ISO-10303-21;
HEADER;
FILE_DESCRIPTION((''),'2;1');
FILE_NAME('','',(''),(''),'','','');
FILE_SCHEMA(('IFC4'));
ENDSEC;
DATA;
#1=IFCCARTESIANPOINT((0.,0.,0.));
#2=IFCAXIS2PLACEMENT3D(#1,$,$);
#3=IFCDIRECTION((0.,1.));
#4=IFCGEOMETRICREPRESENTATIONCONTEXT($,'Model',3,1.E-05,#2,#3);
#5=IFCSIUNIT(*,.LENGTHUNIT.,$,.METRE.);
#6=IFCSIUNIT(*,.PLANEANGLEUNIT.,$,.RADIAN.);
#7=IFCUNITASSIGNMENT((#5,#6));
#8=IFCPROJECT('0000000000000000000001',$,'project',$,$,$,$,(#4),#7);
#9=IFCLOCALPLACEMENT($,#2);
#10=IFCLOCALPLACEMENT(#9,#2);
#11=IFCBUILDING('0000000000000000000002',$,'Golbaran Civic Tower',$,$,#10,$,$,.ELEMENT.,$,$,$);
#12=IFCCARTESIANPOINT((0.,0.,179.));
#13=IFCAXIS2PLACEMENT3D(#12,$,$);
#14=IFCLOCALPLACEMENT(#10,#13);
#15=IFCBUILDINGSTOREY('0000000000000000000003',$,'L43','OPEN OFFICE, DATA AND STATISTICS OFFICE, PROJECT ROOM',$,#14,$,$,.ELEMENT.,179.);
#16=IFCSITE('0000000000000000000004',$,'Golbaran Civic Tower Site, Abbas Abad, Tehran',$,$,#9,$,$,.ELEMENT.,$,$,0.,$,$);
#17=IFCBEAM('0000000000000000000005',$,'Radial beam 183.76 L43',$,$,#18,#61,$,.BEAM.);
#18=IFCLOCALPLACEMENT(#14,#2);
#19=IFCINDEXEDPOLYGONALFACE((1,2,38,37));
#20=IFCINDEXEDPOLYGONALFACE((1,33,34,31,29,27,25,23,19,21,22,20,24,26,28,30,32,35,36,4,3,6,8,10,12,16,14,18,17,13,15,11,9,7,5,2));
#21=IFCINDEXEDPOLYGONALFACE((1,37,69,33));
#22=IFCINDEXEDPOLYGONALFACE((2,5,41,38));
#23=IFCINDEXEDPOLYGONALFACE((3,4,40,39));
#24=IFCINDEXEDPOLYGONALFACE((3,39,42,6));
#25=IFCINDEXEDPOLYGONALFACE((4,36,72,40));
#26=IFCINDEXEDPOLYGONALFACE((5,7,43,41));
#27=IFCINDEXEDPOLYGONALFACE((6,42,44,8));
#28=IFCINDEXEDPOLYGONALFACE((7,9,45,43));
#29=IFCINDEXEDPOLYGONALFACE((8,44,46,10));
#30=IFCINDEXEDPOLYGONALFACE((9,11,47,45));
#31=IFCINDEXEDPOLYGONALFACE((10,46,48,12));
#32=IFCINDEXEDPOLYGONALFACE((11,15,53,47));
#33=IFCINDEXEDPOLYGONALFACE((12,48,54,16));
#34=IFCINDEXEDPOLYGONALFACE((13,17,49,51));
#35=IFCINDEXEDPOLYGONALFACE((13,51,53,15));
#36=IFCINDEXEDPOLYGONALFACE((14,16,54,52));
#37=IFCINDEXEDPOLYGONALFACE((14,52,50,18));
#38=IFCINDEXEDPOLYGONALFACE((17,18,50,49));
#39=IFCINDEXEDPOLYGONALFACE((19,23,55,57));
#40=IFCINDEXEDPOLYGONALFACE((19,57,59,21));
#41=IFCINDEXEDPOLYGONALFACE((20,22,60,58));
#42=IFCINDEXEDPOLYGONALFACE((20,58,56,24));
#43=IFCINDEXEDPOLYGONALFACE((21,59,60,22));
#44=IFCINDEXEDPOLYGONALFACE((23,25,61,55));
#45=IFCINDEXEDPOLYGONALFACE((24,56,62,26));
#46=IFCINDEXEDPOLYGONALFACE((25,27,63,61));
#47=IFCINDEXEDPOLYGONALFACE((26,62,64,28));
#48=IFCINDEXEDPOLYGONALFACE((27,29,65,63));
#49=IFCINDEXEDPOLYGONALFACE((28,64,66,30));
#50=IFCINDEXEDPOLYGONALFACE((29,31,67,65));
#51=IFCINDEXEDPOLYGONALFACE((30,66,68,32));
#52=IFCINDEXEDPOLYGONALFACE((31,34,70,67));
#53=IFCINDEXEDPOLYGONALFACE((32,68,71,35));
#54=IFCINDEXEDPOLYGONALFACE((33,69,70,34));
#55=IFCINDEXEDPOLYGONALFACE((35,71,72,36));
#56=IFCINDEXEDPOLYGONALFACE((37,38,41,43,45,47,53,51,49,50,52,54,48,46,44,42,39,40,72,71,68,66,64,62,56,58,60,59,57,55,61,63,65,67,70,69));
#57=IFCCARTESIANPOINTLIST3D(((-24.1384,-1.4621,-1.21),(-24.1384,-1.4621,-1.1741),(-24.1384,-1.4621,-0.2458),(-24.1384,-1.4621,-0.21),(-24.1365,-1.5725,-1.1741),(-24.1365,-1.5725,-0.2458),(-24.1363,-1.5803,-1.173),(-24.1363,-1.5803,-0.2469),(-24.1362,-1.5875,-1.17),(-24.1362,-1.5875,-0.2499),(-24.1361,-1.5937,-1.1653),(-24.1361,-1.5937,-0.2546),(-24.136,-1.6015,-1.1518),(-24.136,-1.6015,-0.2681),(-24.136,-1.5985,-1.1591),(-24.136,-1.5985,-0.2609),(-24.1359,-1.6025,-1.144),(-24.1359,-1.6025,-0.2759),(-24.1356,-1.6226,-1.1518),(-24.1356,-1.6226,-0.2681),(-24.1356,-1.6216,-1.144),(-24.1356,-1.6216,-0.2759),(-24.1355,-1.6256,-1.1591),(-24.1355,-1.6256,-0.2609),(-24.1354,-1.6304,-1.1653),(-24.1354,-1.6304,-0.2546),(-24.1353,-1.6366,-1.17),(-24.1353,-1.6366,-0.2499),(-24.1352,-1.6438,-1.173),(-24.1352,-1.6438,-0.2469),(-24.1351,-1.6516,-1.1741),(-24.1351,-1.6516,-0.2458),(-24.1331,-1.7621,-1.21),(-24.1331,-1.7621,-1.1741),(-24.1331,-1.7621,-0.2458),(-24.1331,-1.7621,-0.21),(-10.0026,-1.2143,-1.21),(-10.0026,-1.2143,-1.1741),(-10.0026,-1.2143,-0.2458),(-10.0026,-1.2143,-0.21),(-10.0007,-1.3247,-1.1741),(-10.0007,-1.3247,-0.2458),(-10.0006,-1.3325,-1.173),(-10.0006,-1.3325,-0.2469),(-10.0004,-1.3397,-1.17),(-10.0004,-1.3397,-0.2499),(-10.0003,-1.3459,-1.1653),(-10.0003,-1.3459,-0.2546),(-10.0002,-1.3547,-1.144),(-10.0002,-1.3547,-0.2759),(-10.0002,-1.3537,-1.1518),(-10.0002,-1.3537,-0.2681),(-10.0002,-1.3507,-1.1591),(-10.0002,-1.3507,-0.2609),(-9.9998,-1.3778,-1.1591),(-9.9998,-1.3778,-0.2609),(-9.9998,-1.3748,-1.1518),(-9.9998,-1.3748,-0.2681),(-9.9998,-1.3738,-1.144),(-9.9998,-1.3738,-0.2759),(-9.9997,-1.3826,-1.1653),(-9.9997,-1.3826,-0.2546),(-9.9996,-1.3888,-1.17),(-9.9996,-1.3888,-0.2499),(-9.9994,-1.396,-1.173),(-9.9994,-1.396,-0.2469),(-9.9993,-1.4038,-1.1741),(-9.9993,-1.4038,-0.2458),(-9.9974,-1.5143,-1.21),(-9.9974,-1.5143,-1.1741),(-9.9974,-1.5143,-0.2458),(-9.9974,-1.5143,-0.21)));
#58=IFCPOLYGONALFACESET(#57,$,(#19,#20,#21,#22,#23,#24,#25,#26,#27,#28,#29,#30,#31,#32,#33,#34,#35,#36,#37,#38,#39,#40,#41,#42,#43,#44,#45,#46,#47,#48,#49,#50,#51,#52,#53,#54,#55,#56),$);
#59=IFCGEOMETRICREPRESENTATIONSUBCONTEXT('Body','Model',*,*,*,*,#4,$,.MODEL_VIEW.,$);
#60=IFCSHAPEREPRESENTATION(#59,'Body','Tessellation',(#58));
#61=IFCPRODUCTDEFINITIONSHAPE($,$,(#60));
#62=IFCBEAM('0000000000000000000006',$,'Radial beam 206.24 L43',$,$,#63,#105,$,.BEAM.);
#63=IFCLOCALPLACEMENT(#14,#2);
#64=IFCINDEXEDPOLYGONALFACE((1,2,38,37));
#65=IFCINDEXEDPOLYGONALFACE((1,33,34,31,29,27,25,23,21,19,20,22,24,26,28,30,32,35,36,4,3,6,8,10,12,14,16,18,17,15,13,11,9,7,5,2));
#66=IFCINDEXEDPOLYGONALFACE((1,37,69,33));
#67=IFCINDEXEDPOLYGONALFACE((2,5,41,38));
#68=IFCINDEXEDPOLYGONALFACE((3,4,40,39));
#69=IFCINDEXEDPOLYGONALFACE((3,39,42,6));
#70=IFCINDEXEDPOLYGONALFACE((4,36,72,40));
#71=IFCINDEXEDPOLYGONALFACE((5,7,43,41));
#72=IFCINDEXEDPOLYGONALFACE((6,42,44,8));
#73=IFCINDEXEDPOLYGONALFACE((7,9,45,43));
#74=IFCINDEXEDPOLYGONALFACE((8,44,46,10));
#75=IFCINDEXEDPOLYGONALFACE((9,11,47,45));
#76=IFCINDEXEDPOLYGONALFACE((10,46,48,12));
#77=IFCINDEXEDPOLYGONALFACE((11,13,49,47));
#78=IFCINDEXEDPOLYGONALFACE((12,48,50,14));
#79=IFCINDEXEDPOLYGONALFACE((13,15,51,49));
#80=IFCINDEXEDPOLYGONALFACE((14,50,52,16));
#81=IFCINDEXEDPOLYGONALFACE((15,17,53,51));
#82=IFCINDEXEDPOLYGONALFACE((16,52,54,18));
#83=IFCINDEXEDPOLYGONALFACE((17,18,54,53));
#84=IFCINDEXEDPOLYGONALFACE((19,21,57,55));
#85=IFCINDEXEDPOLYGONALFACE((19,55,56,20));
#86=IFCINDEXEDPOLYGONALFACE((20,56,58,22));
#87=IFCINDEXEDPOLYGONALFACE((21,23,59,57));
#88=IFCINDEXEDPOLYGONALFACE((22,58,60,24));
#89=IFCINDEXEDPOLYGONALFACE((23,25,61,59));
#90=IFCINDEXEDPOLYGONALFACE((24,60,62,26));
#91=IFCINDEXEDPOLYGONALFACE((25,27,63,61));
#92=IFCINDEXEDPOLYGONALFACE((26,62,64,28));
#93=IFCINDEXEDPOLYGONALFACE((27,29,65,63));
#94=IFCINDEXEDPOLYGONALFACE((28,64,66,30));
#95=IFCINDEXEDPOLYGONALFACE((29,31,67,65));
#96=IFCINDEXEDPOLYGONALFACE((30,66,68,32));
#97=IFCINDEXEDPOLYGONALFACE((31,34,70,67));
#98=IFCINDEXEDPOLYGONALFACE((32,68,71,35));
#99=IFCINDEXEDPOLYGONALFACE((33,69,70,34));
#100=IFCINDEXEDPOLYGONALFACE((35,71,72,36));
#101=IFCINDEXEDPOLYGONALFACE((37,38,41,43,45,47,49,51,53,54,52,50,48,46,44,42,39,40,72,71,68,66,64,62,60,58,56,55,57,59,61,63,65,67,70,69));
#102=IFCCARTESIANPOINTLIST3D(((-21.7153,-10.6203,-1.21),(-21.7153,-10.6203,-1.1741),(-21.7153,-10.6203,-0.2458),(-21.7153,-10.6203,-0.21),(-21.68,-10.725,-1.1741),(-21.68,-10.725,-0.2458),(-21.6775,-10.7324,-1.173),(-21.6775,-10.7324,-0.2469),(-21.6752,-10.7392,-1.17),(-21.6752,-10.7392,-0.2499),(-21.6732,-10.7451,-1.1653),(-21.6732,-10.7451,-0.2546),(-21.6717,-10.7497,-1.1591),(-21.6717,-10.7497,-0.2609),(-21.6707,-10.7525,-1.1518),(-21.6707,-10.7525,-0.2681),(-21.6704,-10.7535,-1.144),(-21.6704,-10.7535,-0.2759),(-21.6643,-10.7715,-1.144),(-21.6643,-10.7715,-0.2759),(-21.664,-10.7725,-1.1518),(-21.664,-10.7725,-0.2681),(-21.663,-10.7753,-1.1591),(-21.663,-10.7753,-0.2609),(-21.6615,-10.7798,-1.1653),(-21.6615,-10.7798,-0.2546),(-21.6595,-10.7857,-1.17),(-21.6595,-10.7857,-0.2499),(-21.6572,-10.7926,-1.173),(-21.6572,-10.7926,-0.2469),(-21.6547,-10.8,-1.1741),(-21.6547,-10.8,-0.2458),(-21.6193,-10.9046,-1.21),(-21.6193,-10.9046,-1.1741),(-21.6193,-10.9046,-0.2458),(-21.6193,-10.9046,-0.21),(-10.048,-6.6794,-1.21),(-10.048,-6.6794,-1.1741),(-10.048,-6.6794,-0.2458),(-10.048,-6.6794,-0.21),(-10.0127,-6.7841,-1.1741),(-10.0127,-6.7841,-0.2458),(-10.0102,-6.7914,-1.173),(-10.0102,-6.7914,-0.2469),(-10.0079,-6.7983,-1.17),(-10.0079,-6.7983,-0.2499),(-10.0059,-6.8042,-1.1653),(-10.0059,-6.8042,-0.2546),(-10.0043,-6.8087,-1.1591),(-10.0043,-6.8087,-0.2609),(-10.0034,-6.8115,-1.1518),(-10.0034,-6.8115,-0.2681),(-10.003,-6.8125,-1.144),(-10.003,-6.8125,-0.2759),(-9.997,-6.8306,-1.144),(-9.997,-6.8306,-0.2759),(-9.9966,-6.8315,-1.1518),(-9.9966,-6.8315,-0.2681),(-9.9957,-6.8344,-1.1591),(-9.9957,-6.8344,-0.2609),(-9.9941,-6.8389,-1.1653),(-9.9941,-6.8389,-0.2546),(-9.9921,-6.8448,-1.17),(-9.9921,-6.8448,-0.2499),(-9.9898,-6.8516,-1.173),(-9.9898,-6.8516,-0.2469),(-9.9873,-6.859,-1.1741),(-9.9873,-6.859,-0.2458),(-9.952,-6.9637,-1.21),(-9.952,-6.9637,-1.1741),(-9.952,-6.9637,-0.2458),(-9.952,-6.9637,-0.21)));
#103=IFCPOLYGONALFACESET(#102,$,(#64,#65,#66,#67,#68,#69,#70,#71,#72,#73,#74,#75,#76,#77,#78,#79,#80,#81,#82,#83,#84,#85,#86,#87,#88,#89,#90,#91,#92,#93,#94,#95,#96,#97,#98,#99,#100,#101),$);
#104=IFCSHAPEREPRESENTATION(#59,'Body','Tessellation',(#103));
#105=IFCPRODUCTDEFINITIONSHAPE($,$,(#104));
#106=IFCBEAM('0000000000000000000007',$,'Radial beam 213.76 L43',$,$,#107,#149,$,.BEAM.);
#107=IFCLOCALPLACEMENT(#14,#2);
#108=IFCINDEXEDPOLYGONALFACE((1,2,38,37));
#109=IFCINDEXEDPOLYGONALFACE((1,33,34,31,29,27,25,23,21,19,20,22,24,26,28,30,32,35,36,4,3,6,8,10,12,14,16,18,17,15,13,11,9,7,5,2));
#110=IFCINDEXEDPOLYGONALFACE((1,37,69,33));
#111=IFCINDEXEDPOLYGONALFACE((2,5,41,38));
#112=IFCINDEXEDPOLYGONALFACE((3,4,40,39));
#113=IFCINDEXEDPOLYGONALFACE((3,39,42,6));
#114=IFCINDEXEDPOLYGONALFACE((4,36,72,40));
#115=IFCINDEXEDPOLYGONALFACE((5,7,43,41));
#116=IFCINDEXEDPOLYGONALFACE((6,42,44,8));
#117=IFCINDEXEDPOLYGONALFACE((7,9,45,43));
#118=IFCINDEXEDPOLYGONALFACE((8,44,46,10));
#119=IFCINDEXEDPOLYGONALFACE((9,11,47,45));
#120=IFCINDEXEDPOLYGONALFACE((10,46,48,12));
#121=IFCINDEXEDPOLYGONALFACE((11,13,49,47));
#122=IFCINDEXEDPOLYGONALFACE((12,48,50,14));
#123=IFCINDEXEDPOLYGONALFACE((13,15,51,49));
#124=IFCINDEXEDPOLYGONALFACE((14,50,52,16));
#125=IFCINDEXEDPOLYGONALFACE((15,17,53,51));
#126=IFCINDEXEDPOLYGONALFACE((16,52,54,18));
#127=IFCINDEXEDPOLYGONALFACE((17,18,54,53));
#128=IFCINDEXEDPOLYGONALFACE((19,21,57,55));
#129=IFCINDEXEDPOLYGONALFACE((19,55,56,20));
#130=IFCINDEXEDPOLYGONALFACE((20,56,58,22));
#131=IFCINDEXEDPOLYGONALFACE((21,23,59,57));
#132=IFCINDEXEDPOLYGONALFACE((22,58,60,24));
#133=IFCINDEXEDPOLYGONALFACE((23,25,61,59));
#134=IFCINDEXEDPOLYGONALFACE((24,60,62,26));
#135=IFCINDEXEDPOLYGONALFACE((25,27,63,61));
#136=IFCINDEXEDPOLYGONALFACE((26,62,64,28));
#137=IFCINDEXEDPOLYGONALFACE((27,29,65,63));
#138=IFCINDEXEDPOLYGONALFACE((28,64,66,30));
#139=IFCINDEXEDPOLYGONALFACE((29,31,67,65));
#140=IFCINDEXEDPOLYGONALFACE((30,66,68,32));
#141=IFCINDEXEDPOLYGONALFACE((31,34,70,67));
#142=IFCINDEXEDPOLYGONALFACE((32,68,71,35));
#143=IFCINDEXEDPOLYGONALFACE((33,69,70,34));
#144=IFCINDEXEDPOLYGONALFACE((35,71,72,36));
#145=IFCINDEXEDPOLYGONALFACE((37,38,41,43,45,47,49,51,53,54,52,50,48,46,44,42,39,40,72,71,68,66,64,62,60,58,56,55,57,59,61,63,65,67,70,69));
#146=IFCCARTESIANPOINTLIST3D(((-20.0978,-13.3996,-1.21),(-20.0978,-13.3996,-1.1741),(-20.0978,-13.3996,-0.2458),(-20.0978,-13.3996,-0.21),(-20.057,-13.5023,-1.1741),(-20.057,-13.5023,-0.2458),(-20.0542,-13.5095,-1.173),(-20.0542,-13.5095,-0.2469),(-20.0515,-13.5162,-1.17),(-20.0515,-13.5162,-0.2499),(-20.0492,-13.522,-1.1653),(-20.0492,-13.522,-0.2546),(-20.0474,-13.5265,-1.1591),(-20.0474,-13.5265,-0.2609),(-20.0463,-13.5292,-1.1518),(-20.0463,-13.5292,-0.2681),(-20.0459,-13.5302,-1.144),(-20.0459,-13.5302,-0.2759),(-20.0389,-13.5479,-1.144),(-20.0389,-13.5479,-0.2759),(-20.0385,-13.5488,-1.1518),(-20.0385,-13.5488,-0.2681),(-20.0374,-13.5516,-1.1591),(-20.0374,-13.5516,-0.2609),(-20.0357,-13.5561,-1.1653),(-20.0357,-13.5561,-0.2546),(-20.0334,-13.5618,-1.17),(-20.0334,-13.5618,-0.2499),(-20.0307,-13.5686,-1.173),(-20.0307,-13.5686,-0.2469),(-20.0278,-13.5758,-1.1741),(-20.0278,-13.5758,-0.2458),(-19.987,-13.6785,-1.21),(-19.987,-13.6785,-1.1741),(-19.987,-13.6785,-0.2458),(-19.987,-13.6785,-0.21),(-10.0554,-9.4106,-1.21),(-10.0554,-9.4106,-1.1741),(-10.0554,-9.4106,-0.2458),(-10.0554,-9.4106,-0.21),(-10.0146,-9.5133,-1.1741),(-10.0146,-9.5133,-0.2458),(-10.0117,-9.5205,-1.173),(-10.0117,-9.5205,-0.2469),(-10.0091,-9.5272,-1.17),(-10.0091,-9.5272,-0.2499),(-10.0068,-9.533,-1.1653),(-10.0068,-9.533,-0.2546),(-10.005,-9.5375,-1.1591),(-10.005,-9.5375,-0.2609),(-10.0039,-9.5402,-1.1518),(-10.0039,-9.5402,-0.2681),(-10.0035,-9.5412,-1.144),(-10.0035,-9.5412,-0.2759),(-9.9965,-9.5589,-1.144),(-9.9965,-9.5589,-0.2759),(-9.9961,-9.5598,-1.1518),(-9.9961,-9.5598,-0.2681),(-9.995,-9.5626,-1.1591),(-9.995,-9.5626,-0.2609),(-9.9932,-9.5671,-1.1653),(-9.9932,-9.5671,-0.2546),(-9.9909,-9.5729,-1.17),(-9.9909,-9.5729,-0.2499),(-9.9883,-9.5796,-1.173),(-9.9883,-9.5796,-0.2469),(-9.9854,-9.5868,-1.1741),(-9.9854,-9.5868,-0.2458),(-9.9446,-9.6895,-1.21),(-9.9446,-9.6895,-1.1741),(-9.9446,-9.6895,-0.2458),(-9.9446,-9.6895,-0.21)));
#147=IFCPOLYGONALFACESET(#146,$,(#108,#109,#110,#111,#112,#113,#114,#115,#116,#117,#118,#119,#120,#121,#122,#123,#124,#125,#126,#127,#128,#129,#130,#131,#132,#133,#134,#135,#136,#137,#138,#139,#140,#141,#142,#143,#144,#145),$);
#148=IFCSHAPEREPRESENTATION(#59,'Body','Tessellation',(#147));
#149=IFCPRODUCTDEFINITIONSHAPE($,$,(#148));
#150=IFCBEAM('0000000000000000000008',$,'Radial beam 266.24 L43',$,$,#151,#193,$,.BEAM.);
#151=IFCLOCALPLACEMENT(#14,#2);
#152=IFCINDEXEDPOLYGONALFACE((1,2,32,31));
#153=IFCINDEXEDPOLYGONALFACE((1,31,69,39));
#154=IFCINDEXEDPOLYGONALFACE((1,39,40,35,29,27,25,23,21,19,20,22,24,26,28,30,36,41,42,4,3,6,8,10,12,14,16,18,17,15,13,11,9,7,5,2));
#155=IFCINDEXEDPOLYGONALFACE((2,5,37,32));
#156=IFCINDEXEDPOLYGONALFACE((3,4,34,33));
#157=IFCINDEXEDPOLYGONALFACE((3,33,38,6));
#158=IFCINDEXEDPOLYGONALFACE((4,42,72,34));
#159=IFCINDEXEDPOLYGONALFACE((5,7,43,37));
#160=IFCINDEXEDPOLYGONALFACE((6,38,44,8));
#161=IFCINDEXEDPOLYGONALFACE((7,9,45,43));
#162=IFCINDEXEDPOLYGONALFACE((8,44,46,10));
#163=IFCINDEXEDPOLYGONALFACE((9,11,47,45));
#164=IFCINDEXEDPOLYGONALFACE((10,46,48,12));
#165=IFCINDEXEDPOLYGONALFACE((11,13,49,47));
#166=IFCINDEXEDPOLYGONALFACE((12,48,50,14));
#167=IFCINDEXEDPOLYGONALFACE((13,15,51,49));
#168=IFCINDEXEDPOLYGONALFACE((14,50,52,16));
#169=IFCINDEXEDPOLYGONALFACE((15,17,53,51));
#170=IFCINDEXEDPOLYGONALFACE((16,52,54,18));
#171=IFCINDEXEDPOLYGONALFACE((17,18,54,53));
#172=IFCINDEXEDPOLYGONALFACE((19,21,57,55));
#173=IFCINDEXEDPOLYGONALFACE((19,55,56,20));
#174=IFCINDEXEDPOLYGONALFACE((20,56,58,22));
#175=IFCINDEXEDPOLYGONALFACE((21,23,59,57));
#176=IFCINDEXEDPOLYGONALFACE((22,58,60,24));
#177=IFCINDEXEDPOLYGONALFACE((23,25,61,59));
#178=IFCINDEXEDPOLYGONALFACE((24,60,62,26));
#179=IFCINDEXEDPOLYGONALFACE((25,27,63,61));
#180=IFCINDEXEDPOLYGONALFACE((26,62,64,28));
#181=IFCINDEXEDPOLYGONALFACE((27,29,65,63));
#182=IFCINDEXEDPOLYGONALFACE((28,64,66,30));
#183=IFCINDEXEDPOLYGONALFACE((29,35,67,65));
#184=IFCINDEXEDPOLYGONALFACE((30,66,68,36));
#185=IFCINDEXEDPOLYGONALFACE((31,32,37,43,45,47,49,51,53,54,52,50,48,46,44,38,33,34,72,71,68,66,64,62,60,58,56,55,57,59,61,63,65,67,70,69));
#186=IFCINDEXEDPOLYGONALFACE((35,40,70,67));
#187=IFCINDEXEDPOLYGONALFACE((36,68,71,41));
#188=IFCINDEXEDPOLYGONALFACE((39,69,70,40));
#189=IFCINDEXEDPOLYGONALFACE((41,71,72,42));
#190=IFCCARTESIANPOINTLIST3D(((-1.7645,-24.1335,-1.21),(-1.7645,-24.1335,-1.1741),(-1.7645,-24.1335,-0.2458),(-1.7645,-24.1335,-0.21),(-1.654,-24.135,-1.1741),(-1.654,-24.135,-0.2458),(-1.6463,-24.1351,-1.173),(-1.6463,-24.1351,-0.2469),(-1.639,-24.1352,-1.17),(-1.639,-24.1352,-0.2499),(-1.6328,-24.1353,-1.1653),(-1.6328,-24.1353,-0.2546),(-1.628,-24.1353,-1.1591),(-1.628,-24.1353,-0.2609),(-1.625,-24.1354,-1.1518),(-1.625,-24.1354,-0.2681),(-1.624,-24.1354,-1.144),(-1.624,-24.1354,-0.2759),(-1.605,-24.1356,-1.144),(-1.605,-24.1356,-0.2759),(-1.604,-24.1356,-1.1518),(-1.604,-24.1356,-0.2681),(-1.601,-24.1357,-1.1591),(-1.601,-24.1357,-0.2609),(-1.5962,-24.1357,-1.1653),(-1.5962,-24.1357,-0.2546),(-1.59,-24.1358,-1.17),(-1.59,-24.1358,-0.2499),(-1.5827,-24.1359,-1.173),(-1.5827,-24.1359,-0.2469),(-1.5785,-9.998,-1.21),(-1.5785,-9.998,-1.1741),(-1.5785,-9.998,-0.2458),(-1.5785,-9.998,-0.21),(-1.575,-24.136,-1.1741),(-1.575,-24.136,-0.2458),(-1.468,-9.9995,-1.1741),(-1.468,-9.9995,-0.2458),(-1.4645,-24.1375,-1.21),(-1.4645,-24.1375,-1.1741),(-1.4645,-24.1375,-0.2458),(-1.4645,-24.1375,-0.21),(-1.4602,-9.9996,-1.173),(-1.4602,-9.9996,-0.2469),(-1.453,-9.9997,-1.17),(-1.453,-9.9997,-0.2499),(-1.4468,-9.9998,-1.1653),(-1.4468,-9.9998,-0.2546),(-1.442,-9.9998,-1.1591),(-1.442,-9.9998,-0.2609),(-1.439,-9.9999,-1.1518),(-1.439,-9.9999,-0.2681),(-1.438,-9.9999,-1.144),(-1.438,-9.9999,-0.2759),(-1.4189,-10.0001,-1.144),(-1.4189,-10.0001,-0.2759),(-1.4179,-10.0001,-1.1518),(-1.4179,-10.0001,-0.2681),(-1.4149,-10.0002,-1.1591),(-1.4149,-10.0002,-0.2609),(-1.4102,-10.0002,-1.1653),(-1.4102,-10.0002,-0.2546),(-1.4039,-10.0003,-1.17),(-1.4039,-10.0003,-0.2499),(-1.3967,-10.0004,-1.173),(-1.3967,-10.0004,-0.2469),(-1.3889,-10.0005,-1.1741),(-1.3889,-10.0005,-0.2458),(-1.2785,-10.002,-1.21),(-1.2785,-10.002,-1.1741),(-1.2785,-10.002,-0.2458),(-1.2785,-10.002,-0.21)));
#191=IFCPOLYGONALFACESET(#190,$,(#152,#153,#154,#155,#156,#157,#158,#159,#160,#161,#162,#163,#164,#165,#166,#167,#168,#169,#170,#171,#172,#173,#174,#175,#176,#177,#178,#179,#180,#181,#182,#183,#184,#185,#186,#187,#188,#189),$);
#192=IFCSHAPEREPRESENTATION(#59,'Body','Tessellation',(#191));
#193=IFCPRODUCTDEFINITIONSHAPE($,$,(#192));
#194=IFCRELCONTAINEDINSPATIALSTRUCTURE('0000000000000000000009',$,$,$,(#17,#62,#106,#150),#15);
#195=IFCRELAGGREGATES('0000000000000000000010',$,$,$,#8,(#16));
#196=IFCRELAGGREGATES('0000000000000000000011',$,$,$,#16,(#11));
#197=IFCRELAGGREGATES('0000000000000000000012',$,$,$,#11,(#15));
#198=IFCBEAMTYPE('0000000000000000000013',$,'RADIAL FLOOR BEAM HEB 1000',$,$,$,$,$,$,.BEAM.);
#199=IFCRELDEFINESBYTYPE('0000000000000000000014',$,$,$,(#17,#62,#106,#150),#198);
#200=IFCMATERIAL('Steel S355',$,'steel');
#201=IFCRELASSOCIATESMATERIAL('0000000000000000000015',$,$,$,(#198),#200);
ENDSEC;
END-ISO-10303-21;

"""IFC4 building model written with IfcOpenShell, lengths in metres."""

from ifc_helpers import new_model, si_unit, direction, frame, origin, origin_2d, place, context, subcontext, project, spatial, i_section, extrude, material, material_profile, profile_set, type_object, element, save


model = new_model("IFC4")

# Units and contexts
model_context = context("Model", 3, precision=1e-05, world=origin(), true_north=direction((0.0, 1.0)))
body_context = subcontext(model_context, "Body", "Model", "MODEL_VIEW")
ifc_project = project(units=[si_unit("LENGTHUNIT", "METRE"), si_unit("PLANEANGLEUNIT", "RADIAN")], contexts=[model_context])

# Site, building, storey
site_placement = place(None, origin())
site = spatial("IfcSite", under=ifc_project, at=site_placement, Name="Golbaran Civic Tower Site, Abbas Abad, Tehran", CompositionType="ELEMENT", RefElevation=0.0)
building_placement = place(site_placement, origin())
building = spatial("IfcBuilding", under=site, at=building_placement, Name="Golbaran Civic Tower", CompositionType="ELEMENT")
storey_placement = place(building_placement, frame((0.0, 0.0, 179.0)))
storey = spatial("IfcBuildingStorey", under=building, at=storey_placement, Name="L43", Description="OPEN OFFICE, DATA AND STATISTICS OFFICE, PROJECT ROOM", CompositionType="ELEMENT", Elevation=179.0)

# Beams
ifc_material_1 = material(Name="Steel S355", Category="steel")
ifc_material_profile_1 = material_profile(ifc_material_1, i_section(OverallWidth=0.3, OverallDepth=1.0, WebThickness=0.019, FlangeThickness=0.0359, FilletRadius=0.03, at=origin_2d()), Name="HEB 1000")
ifc_profile_set_1 = profile_set([ifc_material_profile_1], Name="Steel S355")
beam_type_1 = type_object("IfcBeamType", Name="RADIAL FLOOR BEAM HEB 1000", PredefinedType="BEAM", material=ifc_profile_set_1)
beam_1_placement = place(storey_placement, frame((-10.0, -1.3643, -0.71), z_axis=(-0.999846, -0.017528, 0.0), x_axis=(0.017528, -0.999846, 0.0)))
element("IfcBeam", 1, at=beam_1_placement, inside=storey, type_object=beam_type_1, Name="Radial beam 183.76 L43", PredefinedType="BEAM", context=body_context, shape_type="SweptSolid", body=[
    extrude(i_section(OverallWidth=0.3, OverallDepth=1.0, WebThickness=0.019, FlangeThickness=0.0359, FilletRadius=0.03, at=origin_2d()), origin(), (0.0, 0.0, 1.0), 14.1379),
])
beam_2_placement = place(storey_placement, frame((-10.0, -6.8215, -0.71), z_axis=(-0.947413, -0.320014, 0.0), x_axis=(0.320014, -0.947413, 0.0)))
element("IfcBeam", 2, at=beam_2_placement, inside=storey, type_object=beam_type_1, Name="Radial beam 206.24 L43", PredefinedType="BEAM", context=body_context, shape_type="SweptSolid", body=[
    extrude(i_section(OverallWidth=0.3, OverallDepth=1.0, WebThickness=0.019, FlangeThickness=0.0359, FilletRadius=0.03, at=origin_2d()), origin(), (0.0, 0.0, 1.0), 12.3149),
])
beam_3_placement = place(storey_placement, frame((-10.0, -9.55, -0.71), z_axis=(-0.929367, -0.369158, 0.0), x_axis=(0.369158, -0.929367, 0.0)))
element("IfcBeam", 3, at=beam_3_placement, inside=storey, type_object=beam_type_1, Name="Radial beam 213.76 L43", PredefinedType="BEAM", context=body_context, shape_type="SweptSolid", body=[
    extrude(i_section(OverallWidth=0.3, OverallDepth=1.0, WebThickness=0.019, FlangeThickness=0.0359, FilletRadius=0.03, at=origin_2d()), origin(), (0.0, 0.0, 1.0), 10.8057),
])
beam_4_placement = place(storey_placement, frame((-1.4285, -10.0, -0.71), z_axis=(-0.01316, -0.999913, 0.0), x_axis=(0.999913, -0.01316, 0.0)))
element("IfcBeam", 4, at=beam_4_placement, inside=storey, type_object=beam_type_1, Name="Radial beam 266.24 L43", PredefinedType="BEAM", context=body_context, shape_type="SweptSolid", body=[
    extrude(i_section(OverallWidth=0.3, OverallDepth=1.0, WebThickness=0.019, FlangeThickness=0.0359, FilletRadius=0.03, at=origin_2d()), origin(), (0.0, 0.0, 1.0), 14.1367),
])

save(model, "model.ifc")
